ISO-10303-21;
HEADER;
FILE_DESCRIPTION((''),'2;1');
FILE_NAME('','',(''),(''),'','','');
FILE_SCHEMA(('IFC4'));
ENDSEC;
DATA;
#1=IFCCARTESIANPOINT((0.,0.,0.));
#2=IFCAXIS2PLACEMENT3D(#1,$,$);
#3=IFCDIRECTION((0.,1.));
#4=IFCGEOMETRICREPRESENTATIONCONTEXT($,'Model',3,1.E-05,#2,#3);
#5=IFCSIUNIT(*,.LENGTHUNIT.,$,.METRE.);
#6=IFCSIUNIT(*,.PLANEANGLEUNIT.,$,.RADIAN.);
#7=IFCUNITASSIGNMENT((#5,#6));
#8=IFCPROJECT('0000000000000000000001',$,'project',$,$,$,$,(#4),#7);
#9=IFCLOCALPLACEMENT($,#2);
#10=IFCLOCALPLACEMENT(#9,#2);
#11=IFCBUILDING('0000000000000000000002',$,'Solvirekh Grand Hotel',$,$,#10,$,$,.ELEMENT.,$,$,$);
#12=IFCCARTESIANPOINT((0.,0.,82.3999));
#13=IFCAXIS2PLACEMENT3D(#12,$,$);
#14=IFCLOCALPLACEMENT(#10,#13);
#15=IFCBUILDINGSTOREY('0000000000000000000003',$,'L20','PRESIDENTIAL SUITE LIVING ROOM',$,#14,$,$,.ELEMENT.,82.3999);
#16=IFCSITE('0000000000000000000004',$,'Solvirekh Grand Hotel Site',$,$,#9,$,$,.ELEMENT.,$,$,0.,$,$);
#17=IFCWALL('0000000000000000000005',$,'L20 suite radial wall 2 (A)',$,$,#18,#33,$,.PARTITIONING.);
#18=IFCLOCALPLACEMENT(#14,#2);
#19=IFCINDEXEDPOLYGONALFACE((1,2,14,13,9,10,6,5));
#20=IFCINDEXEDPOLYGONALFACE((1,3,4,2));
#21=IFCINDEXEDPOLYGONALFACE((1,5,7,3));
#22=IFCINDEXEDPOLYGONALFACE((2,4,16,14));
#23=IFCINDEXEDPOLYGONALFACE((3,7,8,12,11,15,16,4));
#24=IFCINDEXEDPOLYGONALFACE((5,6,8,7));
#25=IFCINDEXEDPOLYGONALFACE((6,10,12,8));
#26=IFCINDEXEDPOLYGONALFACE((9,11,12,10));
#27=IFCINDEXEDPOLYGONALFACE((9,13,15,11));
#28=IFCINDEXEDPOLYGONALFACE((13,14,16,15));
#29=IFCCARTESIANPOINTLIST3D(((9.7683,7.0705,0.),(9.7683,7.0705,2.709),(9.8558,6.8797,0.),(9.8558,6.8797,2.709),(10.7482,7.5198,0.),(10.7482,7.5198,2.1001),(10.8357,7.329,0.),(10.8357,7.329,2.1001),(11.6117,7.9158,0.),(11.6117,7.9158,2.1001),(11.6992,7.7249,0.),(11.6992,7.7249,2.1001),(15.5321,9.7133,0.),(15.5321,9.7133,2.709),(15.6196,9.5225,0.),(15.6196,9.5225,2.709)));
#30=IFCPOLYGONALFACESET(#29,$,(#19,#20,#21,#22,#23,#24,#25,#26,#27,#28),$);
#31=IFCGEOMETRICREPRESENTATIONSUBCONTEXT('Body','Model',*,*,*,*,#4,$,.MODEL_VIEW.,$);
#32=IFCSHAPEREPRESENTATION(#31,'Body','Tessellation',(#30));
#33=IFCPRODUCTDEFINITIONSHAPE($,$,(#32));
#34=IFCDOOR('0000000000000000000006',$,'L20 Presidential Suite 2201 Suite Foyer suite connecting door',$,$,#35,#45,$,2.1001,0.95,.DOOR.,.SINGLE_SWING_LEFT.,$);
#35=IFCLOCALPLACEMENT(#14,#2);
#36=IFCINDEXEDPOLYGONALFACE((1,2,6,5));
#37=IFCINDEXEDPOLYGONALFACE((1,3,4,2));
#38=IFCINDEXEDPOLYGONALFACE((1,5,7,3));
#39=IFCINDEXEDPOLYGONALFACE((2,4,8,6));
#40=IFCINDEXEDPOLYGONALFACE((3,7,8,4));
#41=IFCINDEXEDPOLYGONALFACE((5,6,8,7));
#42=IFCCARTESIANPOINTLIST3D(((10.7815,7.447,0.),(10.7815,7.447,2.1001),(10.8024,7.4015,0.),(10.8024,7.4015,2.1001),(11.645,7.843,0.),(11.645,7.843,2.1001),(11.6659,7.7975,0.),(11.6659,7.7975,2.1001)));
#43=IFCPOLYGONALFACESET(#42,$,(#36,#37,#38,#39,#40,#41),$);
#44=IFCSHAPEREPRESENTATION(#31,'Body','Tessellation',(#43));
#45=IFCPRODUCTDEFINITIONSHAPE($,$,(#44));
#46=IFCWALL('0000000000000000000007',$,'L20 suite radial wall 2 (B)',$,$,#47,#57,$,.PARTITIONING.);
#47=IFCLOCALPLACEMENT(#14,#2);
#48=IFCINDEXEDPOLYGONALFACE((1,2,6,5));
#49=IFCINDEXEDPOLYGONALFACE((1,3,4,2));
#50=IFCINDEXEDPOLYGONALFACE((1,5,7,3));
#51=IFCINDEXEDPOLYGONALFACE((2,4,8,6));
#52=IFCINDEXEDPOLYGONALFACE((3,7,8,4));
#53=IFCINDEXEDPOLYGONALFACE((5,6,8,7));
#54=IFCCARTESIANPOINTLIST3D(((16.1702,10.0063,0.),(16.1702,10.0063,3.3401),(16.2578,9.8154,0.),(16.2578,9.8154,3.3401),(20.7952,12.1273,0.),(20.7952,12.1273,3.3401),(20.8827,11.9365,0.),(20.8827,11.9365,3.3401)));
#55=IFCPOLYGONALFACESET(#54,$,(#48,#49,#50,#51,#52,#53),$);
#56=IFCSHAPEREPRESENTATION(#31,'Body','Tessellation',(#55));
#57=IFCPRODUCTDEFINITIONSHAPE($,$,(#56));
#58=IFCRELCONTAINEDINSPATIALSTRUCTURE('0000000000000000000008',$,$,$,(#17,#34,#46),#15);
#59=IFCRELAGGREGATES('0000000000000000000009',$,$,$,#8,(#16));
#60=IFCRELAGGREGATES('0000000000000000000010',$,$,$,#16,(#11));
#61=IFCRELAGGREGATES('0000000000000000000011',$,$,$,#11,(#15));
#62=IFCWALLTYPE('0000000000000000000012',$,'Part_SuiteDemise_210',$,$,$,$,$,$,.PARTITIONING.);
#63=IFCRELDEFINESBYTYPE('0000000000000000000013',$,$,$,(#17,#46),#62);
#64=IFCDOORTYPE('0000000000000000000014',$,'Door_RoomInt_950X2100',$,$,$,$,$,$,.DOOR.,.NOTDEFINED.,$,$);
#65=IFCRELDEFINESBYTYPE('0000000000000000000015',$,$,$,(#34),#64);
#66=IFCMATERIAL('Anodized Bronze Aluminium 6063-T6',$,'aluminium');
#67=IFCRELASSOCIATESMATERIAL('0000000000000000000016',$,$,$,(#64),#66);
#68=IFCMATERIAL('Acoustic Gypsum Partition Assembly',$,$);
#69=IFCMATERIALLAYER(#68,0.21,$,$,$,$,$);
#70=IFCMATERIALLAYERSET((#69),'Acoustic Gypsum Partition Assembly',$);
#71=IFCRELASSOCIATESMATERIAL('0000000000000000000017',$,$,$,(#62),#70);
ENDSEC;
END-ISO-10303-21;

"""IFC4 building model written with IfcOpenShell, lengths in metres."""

from ifc_helpers import new_model, si_unit, direction, frame, frame_2d, origin, place, context, subcontext, project, spatial, rectangle, extrude, material, layer, layer_set, type_object, element, fill, save


model = new_model("IFC4")

# Units and contexts
model_context = context("Model", 3, precision=1e-05, world=origin(), true_north=direction((0.0, 1.0)))
body_context = subcontext(model_context, "Body", "Model", "MODEL_VIEW")
ifc_project = project(units=[si_unit("LENGTHUNIT", "METRE"), si_unit("PLANEANGLEUNIT", "RADIAN")], contexts=[model_context])

# Site, building, storey
site_placement = place(None, origin())
site = spatial("IfcSite", under=ifc_project, at=site_placement, Name="Solvirekh Grand Hotel Site", CompositionType="ELEMENT", RefElevation=0.0)
building_placement = place(site_placement, origin())
building = spatial("IfcBuilding", under=site, at=building_placement, Name="Solvirekh Grand Hotel", CompositionType="ELEMENT")
storey_placement = place(building_placement, frame((0.0, 0.0, 82.3999)))
storey = spatial("IfcBuildingStorey", under=building, at=storey_placement, Name="L20", Description="PRESIDENTIAL SUITE LIVING ROOM", CompositionType="ELEMENT", Elevation=82.3999)

# Shared definitions
ifc_material_1 = material(Name="Anodized Bronze Aluminium 6063-T6", Category="aluminium")

# Shared definitions
ifc_material_2 = material(Name="Acoustic Gypsum Partition Assembly")

# Wall, opening, door
door_type = type_object("IfcDoorType", Name="Door_RoomInt_950X2100", OperationType="NOTDEFINED", PredefinedType="DOOR", material=ifc_material_1)
ifc_layer_1 = layer(ifc_material_2, 0.21)
ifc_layer_set_1 = layer_set([ifc_layer_1], Name="Acoustic Gypsum Partition Assembly")
wall_type_1 = type_object("IfcWallType", Name="Part_SuiteDemise_210", PredefinedType="PARTITIONING", material=ifc_layer_set_1)
wall_1_placement = place(storey_placement, frame((9.812, 6.9751, 0.0), z_axis=(0.0, 0.0, 1.0), x_axis=(0.909003, 0.416789, 0.0)))
wall_1 = element("IfcWall", 1, at=wall_1_placement, inside=storey, type_object=wall_type_1, Name="L20 suite radial wall 2 (A)", PredefinedType="PARTITIONING", context=body_context, shape_type="SweptSolid", body=[
    extrude(rectangle(XDim=6.3408, YDim=0.21, at=frame_2d((3.1704, 0.0))), origin(), (0.0, 0.0, 1.0), 2.709),
])
opening_1_placement = place(wall_1_placement, frame((1.0779, 0.0, 0.0)))
opening_1 = element("IfcOpeningElement", 2, at=opening_1_placement, cuts=wall_1, PredefinedType="OPENING", context=body_context, shape_type="SweptSolid", body=[
    extrude(rectangle(XDim=0.95, YDim=2.1001, at=frame_2d((0.4751, 1.05))), frame((0.0, 0.115, 0.0), z_axis=(0.0, -1.0, 0.0), x_axis=(1.0, 0.0, 0.0)), (0.0, 0.0, 1.0), 0.23),
])
door_1_placement = place(opening_1_placement, origin())
door_1 = element("IfcDoor", 3, at=door_1_placement, inside=storey, type_object=door_type, Name="L20 Presidential Suite 2201 Suite Foyer suite connecting door", OperationType="SINGLE_SWING_LEFT", OverallHeight=2.1001, OverallWidth=0.95, PredefinedType="DOOR", context=body_context, shape_type="SweptSolid", body=[
    extrude(rectangle(XDim=0.95, YDim=2.1001, at=frame_2d((0.4751, 1.05))), frame((0.0, 0.0249, 0.0), z_axis=(0.0, -1.0, 0.0), x_axis=(1.0, 0.0, 0.0)), (0.0, 0.0, 1.0), 0.05),
])
fill(opening_1, door_1)

# Wall
wall_2_placement = place(storey_placement, frame((16.2141, 9.9109, 0.0), z_axis=(0.0, 0.0, 1.0), x_axis=(0.908968, 0.416866, 0.0)))
element("IfcWall", 4, at=wall_2_placement, inside=storey, type_object=wall_type_1, Name="L20 suite radial wall 2 (B)", PredefinedType="PARTITIONING", context=body_context, shape_type="SweptSolid", body=[
    extrude(rectangle(XDim=5.0881, YDim=0.21, at=frame_2d((2.5439, 0.0))), origin(), (0.0, 0.0, 1.0), 3.3401),
])

save(model, "model.ifc")
